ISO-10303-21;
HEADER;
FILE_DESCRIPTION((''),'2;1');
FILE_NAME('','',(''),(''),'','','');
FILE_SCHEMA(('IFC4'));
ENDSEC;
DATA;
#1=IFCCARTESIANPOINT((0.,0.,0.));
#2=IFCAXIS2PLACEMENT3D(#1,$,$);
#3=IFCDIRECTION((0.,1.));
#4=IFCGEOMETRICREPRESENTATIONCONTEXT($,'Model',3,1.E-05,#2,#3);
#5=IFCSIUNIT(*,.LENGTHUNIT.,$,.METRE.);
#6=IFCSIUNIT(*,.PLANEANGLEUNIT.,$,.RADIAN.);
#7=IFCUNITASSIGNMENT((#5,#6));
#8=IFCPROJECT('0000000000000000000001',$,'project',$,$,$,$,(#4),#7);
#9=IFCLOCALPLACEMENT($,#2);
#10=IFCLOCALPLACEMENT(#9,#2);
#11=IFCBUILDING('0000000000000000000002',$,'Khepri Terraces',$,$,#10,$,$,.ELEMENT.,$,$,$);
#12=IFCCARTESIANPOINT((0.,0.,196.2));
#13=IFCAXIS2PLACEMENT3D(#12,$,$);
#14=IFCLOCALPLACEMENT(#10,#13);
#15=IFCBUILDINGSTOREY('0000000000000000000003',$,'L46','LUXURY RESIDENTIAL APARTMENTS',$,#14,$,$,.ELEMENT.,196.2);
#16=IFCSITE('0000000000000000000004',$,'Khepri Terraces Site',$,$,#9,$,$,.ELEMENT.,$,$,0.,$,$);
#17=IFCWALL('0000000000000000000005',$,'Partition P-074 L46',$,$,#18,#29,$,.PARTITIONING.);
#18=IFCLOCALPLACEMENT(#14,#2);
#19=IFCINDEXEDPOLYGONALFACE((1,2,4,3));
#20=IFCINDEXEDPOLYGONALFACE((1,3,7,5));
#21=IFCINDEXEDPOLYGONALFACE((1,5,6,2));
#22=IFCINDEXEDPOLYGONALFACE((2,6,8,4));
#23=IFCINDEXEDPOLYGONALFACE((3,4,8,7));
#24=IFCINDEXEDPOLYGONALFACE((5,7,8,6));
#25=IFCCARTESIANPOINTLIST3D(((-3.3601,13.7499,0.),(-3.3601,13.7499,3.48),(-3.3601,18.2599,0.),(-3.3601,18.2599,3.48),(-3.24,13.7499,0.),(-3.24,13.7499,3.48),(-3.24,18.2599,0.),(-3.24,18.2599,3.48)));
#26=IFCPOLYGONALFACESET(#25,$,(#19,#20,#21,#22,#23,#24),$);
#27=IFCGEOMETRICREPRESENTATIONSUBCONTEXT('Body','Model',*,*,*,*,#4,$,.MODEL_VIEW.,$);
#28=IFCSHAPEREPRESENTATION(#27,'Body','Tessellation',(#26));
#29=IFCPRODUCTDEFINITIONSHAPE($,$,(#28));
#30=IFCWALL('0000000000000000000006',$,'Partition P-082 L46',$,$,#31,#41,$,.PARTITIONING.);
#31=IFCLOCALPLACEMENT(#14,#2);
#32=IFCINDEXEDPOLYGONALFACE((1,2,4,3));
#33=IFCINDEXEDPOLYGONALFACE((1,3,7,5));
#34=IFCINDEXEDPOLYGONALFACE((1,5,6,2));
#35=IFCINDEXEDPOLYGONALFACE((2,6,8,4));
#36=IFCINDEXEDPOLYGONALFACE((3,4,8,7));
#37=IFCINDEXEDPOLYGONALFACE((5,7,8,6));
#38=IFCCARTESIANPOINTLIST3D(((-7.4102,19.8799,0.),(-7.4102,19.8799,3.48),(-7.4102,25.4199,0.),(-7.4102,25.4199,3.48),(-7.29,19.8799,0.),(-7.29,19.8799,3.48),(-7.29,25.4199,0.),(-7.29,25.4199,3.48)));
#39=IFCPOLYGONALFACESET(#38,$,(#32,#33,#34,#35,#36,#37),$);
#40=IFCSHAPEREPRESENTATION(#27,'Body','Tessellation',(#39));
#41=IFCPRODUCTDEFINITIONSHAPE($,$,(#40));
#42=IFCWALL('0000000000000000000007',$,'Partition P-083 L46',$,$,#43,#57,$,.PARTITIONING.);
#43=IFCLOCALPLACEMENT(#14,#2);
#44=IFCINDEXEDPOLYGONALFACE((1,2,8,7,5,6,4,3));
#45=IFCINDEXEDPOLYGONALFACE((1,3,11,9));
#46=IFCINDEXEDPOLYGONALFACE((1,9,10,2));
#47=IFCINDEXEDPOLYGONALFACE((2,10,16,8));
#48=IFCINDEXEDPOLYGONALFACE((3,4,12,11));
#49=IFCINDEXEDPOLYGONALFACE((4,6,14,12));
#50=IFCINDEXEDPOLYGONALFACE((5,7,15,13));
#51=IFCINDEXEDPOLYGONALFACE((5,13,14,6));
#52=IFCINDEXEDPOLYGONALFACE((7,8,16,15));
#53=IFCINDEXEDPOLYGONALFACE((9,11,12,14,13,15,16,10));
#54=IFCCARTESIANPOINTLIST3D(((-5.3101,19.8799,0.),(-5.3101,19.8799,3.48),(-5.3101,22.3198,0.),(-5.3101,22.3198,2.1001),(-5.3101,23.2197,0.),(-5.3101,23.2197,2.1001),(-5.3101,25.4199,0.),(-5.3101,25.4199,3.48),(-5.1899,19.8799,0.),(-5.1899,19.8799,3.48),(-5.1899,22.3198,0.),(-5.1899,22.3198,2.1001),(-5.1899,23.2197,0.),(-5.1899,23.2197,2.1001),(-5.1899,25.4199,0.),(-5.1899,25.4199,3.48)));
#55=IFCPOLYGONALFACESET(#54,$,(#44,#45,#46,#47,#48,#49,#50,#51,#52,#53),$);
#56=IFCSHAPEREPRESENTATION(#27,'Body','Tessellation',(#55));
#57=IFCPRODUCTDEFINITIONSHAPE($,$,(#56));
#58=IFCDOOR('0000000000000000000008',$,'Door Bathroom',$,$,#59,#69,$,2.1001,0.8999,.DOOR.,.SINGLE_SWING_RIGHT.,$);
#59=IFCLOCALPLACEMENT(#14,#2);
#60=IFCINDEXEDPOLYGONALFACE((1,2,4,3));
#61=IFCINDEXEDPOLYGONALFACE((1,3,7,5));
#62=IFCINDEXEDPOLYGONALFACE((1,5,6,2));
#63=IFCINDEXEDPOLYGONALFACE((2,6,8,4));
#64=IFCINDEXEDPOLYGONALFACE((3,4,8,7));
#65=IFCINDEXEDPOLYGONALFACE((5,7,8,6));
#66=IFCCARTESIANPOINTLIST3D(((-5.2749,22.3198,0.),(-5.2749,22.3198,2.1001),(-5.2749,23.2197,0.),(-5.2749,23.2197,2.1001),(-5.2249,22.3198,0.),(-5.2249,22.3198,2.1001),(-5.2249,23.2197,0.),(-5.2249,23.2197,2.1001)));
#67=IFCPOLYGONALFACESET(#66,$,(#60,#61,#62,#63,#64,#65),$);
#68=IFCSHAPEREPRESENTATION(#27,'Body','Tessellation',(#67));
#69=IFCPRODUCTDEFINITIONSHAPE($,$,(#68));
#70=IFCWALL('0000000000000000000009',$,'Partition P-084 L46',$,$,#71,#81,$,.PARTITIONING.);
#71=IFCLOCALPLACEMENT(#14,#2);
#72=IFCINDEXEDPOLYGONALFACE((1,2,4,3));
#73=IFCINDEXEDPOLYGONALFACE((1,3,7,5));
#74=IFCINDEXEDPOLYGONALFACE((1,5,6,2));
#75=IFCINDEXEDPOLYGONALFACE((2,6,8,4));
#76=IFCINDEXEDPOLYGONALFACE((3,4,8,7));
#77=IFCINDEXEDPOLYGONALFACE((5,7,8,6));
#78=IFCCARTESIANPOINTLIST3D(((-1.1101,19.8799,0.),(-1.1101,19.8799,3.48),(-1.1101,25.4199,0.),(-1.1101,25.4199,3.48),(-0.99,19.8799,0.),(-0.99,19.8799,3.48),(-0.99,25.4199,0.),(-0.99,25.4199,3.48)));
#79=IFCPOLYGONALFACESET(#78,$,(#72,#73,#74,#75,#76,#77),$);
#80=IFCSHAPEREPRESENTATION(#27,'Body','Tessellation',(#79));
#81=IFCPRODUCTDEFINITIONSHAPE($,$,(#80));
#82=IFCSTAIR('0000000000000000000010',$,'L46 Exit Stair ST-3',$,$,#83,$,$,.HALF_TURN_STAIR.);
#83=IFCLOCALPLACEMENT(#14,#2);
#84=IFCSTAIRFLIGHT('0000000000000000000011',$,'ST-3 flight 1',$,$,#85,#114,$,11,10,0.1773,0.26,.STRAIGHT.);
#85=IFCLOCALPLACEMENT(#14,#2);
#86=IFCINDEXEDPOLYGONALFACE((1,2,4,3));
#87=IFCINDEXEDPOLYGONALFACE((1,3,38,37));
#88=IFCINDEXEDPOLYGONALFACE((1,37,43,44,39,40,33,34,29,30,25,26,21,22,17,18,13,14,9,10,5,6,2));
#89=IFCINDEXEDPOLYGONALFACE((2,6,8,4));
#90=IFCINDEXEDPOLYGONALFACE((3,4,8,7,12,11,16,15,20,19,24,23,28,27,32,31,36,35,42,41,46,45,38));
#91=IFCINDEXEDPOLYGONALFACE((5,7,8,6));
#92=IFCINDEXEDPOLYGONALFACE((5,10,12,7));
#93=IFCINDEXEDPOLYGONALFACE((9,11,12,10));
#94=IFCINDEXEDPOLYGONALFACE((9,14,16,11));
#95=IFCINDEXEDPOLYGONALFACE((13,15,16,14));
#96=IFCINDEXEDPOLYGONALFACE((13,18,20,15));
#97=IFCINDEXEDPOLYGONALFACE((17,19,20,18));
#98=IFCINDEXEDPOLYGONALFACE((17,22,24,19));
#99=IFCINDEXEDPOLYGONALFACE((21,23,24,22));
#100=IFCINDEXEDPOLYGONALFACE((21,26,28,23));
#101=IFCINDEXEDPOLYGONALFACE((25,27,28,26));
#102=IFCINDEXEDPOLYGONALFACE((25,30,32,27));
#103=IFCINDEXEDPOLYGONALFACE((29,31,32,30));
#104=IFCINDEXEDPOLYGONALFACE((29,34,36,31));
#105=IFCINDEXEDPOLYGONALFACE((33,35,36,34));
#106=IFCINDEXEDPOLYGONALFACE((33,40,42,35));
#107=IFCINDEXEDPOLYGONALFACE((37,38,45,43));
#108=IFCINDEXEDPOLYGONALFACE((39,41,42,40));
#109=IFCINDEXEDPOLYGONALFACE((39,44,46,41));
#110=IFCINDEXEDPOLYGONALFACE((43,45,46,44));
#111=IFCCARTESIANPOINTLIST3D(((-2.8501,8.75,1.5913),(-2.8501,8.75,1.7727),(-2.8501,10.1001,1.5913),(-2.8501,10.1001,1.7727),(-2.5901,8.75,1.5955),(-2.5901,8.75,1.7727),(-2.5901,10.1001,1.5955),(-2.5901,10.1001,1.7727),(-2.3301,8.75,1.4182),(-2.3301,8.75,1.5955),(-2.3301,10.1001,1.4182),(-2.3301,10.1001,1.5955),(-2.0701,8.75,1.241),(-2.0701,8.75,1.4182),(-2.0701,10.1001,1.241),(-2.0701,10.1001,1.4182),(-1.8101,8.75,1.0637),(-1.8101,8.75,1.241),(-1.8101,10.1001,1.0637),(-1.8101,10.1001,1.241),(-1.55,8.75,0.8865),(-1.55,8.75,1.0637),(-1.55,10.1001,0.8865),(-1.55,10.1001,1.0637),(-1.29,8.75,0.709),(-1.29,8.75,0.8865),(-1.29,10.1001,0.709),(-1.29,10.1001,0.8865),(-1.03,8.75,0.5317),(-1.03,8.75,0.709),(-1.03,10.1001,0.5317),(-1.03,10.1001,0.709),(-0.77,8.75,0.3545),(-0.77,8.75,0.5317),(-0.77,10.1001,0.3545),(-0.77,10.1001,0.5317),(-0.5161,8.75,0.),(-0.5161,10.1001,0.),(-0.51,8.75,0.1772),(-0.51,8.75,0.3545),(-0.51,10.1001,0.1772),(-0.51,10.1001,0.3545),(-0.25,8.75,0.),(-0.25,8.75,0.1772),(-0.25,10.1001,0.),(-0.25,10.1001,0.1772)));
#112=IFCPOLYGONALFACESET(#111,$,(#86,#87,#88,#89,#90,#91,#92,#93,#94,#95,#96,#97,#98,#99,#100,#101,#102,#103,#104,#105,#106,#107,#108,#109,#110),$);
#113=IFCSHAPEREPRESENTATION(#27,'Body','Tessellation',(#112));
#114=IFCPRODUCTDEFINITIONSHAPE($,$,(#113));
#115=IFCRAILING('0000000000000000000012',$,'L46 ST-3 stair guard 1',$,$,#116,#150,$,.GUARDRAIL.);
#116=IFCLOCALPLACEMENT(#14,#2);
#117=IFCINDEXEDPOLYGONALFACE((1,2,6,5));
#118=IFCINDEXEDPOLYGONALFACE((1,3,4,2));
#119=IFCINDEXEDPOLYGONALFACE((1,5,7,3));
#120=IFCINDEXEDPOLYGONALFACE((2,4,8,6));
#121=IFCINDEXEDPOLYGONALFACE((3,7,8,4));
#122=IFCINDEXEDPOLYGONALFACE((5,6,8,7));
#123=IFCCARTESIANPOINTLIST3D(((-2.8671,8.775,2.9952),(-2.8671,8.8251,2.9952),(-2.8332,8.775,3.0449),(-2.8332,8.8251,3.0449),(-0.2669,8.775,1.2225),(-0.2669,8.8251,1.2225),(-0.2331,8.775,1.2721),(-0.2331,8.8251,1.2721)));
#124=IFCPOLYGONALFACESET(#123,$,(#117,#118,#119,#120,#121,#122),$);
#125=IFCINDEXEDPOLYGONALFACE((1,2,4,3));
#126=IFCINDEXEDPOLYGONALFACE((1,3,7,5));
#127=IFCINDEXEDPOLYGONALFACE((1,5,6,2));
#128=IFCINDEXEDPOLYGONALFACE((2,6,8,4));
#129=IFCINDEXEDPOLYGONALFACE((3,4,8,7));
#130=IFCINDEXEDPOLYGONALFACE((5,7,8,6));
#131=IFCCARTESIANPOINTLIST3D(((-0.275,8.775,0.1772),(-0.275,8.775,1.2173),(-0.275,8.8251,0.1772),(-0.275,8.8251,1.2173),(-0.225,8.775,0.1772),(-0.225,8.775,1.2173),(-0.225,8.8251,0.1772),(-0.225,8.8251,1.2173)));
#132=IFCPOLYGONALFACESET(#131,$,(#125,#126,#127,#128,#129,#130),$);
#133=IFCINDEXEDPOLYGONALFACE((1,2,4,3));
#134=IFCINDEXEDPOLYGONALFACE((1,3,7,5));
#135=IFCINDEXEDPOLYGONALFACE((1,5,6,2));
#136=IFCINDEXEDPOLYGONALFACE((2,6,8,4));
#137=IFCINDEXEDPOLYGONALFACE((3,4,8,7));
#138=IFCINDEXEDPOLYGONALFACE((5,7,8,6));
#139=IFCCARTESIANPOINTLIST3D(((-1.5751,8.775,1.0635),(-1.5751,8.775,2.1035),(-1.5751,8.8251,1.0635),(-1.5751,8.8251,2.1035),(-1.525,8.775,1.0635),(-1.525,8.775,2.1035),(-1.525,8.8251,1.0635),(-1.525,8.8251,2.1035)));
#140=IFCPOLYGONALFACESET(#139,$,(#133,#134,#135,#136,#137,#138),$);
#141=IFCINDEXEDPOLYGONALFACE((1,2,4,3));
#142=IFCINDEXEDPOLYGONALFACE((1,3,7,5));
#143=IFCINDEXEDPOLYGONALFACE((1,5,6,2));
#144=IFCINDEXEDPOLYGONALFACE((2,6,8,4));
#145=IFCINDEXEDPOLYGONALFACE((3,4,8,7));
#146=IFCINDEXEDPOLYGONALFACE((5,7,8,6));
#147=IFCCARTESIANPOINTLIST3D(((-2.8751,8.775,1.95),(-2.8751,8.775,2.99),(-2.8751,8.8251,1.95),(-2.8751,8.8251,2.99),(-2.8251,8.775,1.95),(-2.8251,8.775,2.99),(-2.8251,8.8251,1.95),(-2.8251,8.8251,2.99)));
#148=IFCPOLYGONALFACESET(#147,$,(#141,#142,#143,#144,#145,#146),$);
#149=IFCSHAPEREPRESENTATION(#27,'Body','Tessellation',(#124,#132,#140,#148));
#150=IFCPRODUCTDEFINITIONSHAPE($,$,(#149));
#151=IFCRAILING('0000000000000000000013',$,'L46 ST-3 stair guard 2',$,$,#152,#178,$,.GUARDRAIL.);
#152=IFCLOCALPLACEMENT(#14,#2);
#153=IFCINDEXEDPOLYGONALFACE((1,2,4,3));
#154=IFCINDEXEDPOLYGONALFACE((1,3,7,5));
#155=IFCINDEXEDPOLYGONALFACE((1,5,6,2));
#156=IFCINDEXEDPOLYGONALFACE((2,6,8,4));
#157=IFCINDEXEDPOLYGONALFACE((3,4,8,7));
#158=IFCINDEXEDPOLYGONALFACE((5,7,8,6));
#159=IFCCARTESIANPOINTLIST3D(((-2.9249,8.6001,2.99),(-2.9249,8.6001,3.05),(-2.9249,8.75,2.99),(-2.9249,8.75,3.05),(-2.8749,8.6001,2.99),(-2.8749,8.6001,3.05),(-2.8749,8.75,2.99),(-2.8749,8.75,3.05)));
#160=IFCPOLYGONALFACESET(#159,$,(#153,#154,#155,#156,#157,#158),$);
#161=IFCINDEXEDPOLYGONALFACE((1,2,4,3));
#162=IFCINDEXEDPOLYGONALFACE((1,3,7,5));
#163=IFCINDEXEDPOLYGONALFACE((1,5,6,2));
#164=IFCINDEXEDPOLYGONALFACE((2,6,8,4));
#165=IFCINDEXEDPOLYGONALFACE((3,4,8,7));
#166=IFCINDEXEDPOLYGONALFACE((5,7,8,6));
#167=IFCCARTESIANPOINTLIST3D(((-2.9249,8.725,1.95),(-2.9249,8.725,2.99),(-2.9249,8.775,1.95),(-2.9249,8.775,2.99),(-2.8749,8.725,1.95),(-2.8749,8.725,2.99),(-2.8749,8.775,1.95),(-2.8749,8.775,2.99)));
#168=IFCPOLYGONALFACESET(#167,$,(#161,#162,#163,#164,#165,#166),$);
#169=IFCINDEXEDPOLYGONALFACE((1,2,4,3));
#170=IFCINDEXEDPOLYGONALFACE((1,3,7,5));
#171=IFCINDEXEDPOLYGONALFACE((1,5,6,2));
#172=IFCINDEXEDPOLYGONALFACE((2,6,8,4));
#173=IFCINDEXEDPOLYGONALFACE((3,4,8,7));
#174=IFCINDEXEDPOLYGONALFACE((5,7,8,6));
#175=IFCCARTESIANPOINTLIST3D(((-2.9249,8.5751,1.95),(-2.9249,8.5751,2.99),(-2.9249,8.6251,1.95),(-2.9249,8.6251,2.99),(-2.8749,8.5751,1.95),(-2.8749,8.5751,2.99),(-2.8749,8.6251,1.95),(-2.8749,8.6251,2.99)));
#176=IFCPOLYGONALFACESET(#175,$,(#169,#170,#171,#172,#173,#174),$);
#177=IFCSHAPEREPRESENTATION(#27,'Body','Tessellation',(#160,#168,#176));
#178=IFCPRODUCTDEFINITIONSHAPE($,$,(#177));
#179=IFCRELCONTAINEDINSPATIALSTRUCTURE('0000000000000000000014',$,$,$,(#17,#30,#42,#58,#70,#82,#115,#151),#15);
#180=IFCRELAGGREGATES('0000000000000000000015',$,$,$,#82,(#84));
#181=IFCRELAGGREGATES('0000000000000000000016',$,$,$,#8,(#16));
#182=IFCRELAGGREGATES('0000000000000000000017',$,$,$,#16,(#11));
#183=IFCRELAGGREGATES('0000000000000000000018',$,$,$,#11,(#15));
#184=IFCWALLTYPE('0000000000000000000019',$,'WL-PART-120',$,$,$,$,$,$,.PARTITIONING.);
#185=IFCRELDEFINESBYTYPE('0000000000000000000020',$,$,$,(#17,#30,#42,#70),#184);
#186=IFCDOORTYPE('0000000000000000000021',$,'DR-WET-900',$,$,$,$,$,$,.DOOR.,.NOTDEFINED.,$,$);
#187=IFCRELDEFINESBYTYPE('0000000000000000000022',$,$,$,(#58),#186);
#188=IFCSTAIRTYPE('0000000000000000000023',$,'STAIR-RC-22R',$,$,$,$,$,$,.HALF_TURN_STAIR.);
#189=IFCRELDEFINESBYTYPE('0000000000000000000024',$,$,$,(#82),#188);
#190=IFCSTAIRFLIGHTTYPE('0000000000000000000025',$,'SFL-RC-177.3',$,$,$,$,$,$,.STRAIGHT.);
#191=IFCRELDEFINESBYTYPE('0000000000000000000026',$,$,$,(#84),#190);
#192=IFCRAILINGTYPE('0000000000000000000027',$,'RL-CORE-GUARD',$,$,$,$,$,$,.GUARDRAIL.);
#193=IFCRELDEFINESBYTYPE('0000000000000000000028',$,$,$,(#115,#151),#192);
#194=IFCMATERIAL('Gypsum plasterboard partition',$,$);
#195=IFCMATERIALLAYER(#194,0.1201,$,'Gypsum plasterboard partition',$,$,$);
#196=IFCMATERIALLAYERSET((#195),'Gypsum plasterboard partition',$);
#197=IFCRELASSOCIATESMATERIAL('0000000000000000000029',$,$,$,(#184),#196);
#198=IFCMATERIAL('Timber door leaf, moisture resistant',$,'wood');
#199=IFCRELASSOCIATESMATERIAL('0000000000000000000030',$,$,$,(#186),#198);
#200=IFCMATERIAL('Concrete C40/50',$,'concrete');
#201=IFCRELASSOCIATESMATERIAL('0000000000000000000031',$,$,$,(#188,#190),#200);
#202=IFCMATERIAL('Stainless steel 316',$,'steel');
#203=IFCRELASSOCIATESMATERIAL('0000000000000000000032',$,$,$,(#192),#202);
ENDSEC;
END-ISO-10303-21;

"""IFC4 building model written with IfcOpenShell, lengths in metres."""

from ifc_helpers import new_model, si_unit, direction, frame, frame_2d, origin, origin_2d, place, context, subcontext, project, spatial, polyline, rectangle, outline, extrude, material, layer, layer_set, type_object, element, fill, aggregate, save


model = new_model("IFC4")

# Units and contexts
model_context = context("Model", 3, precision=1e-05, world=origin(), true_north=direction((0.0, 1.0)))
body_context = subcontext(model_context, "Body", "Model", "MODEL_VIEW")
ifc_project = project(units=[si_unit("LENGTHUNIT", "METRE"), si_unit("PLANEANGLEUNIT", "RADIAN")], contexts=[model_context])

# Site, building, storey
site_placement = place(None, origin())
site = spatial("IfcSite", under=ifc_project, at=site_placement, Name="Khepri Terraces Site", CompositionType="ELEMENT", RefElevation=0.0)
building_placement = place(site_placement, origin())
building = spatial("IfcBuilding", under=site, at=building_placement, Name="Khepri Terraces", CompositionType="ELEMENT")
storey_placement = place(building_placement, frame((0.0, 0.0, 196.2)))
storey = spatial("IfcBuildingStorey", under=building, at=storey_placement, Name="L46", Description="LUXURY RESIDENTIAL APARTMENTS", CompositionType="ELEMENT", Elevation=196.2)

# Walls
ifc_material_1 = material(Name="Gypsum plasterboard partition")
ifc_layer_1 = layer(ifc_material_1, 0.1201, Name="Gypsum plasterboard partition")
ifc_layer_set_1 = layer_set([ifc_layer_1], Name="Gypsum plasterboard partition")
wall_type_1 = type_object("IfcWallType", Name="WL-PART-120", PredefinedType="PARTITIONING", material=ifc_layer_set_1)
for number, where, z_axis, x_axis, name in (
    (1, (-3.3, 13.75, 0.0), (0.0, 0.0, 1.0), (0.0, 1.0, 0.0), "Partition P-074 L46"),
):
    element("IfcWall", number, at=place(storey_placement, frame(where, z_axis=z_axis, x_axis=x_axis)), inside=storey, type_object=wall_type_1, Name=name, PredefinedType="PARTITIONING", context=body_context, shape_type="SweptSolid", body=[
        extrude(rectangle(XDim=4.51, YDim=0.1201, at=frame_2d((2.2549, 0.0))), origin(), (0.0, 0.0, 1.0), 3.48),
    ])
wall_1_placement = place(storey_placement, frame((-7.3501, 19.8799, 0.0), z_axis=(0.0, 0.0, 1.0), x_axis=(0.0, 1.0, 0.0)))
element("IfcWall", 2, at=wall_1_placement, inside=storey, type_object=wall_type_1, Name="Partition P-082 L46", PredefinedType="PARTITIONING", context=body_context, shape_type="SweptSolid", body=[
    extrude(rectangle(XDim=5.54, YDim=0.1201, at=frame_2d((2.77, 0.0))), origin(), (0.0, 0.0, 1.0), 3.48),
])

# Wall, opening, door
wall_2_placement = place(storey_placement, frame((-5.25, 19.8799, 0.0), z_axis=(0.0, 0.0, 1.0), x_axis=(0.0, 1.0, 0.0)))
wall_2 = element("IfcWall", 3, at=wall_2_placement, inside=storey, type_object=wall_type_1, Name="Partition P-083 L46", PredefinedType="PARTITIONING", context=body_context, shape_type="SweptSolid", body=[
    extrude(rectangle(XDim=5.54, YDim=0.1201, at=frame_2d((2.77, 0.0))), origin(), (0.0, 0.0, 1.0), 3.48),
])
opening_1_placement = place(wall_2_placement, frame((2.4399, 0.0, 0.0)))
opening_1 = element("IfcOpeningElement", 4, at=opening_1_placement, cuts=wall_2, PredefinedType="OPENING", context=body_context, shape_type="SweptSolid", body=[
    extrude(rectangle(XDim=0.8999, YDim=2.1001, at=frame_2d((0.45, 1.05))), frame((0.0, 0.0701, 0.0), z_axis=(0.0, -1.0, 0.0), x_axis=(1.0, 0.0, 0.0)), (0.0, 0.0, 1.0), 0.1401),
])
ifc_material_2 = material(Name="Timber door leaf, moisture resistant", Category="wood")
door_type = type_object("IfcDoorType", Name="DR-WET-900", OperationType="NOTDEFINED", PredefinedType="DOOR", material=ifc_material_2)
door_placement = place(opening_1_placement, origin())
door = element("IfcDoor", 5, at=door_placement, inside=storey, type_object=door_type, Name="Door Bathroom", OperationType="SINGLE_SWING_RIGHT", OverallHeight=2.1001, OverallWidth=0.8999, PredefinedType="DOOR", context=body_context, shape_type="SweptSolid", body=[
    extrude(rectangle(XDim=0.8999, YDim=2.1001, at=frame_2d((0.45, 1.05))), frame((0.0, 0.0249, 0.0), z_axis=(0.0, -1.0, 0.0), x_axis=(1.0, 0.0, 0.0)), (0.0, 0.0, 1.0), 0.05),
])
fill(opening_1, door)

# Wall
wall_3_placement = place(storey_placement, frame((-1.05, 19.8799, 0.0), z_axis=(0.0, 0.0, 1.0), x_axis=(0.0, 1.0, 0.0)))
element("IfcWall", 6, at=wall_3_placement, inside=storey, type_object=wall_type_1, Name="Partition P-084 L46", PredefinedType="PARTITIONING", context=body_context, shape_type="SweptSolid", body=[
    extrude(rectangle(XDim=5.54, YDim=0.1201, at=frame_2d((2.77, 0.0))), origin(), (0.0, 0.0, 1.0), 3.48),
])

# Stair, stair flight
ifc_material_3 = material(Name="Concrete C40/50", Category="concrete")
stair_type = type_object("IfcStairType", Name="STAIR-RC-22R", PredefinedType="HALF_TURN_STAIR", material=ifc_material_3)
stair_placement = place(storey_placement, origin())
stair = element("IfcStair", 7, at=stair_placement, inside=storey, type_object=stair_type, Name="L46 Exit Stair ST-3", PredefinedType="HALF_TURN_STAIR")
stair_flight_type = type_object("IfcStairFlightType", Name="SFL-RC-177.3", PredefinedType="STRAIGHT", material=ifc_material_3)
stair_flight_placement = place(storey_placement, frame((-0.25, 9.425, 0.0), z_axis=(0.0, 0.0, 1.0), x_axis=(-1.0, 0.0, 0.0)))
stair_flight = element("IfcStairFlight", 8, at=stair_flight_placement, type_object=stair_flight_type, Name="ST-3 flight 1", NumberOfRisers=11, NumberOfTreads=10, PredefinedType="STRAIGHT", RiserHeight=0.1773, TreadLength=0.26, context=body_context, shape_type="SweptSolid", body=[
    extrude(outline(polyline([(0.0, 0.0), (0.0, 0.1772), (0.26, 0.1772), (0.26, 0.3545), (0.52, 0.3545), (0.52, 0.5317), (0.78, 0.5317), (0.78, 0.709), (1.04, 0.709), (1.04, 0.8865), (1.3, 0.8865), (1.3, 1.0637), (1.5601, 1.0637), (1.5601, 1.241), (1.8201, 1.241), (1.8201, 1.4182), (2.0801, 1.4182), (2.0801, 1.5955), (2.3401, 1.5955), (2.3401, 1.7727), (2.6001, 1.7727), (2.6001, 1.95), (2.6001, 1.5913), (0.2661, 0.0), (0.0, 0.0)])), frame((0.0, 0.675, 0.0), z_axis=(0.0, -1.0, 0.0), x_axis=(1.0, 0.0, 0.0)), (0.0, 0.0, 1.0), 1.3501),
])
aggregate(stair, [stair_flight])

# Railings
ifc_material_4 = material(Name="Stainless steel 316", Category="steel")
railing_type_1 = type_object("IfcRailingType", Name="RL-CORE-GUARD", PredefinedType="GUARDRAIL", material=ifc_material_4)
railing_1_placement = place(storey_placement, frame((-0.25, 8.8, 0.1772)))
element("IfcRailing", 9, at=railing_1_placement, inside=storey, type_object=railing_type_1, Name="L46 ST-3 stair guard 1", PredefinedType="GUARDRAIL", context=body_context, shape_type="SweptSolid", body=[
    extrude(rectangle(XDim=0.05, YDim=0.0601, at=origin_2d()), frame((0.0, 0.0, 1.0701), z_axis=(-0.82624, 0.0, 0.563318), x_axis=(0.0, -1.0, 0.0)), (0.0, 0.0, 1.0), 3.147),
    extrude(rectangle(XDim=0.05, YDim=0.05, at=origin_2d()), origin(), (0.0, 0.0, 1.0), 1.04),
    extrude(rectangle(XDim=0.05, YDim=0.05, at=origin_2d()), frame((-1.3, 0.0, 0.8862)), (0.0, 0.0, 1.0), 1.04),
    extrude(rectangle(XDim=0.05, YDim=0.05, at=origin_2d()), frame((-2.6001, 0.0, 1.7727)), (0.0, 0.0, 1.0), 1.04),
])
railing_2_placement = place(storey_placement, frame((-2.8999, 8.75, 1.95)))
element("IfcRailing", 10, at=railing_2_placement, inside=storey, type_object=railing_type_1, Name="L46 ST-3 stair guard 2", PredefinedType="GUARDRAIL", context=body_context, shape_type="SweptSolid", body=[
    extrude(rectangle(XDim=0.05, YDim=0.0601, at=origin_2d()), frame((0.0, 0.0, 1.0701), z_axis=(0.0, -1.0, 0.0), x_axis=(1.0, 0.0, 0.0)), (0.0, 0.0, 1.0), 0.1499),
    extrude(rectangle(XDim=0.05, YDim=0.05, at=origin_2d()), origin(), (0.0, 0.0, 1.0), 1.04),
    extrude(rectangle(XDim=0.05, YDim=0.05, at=origin_2d()), frame((0.0, -0.1499, 0.0)), (0.0, 0.0, 1.0), 1.04),
])

save(model, "model.ifc")
